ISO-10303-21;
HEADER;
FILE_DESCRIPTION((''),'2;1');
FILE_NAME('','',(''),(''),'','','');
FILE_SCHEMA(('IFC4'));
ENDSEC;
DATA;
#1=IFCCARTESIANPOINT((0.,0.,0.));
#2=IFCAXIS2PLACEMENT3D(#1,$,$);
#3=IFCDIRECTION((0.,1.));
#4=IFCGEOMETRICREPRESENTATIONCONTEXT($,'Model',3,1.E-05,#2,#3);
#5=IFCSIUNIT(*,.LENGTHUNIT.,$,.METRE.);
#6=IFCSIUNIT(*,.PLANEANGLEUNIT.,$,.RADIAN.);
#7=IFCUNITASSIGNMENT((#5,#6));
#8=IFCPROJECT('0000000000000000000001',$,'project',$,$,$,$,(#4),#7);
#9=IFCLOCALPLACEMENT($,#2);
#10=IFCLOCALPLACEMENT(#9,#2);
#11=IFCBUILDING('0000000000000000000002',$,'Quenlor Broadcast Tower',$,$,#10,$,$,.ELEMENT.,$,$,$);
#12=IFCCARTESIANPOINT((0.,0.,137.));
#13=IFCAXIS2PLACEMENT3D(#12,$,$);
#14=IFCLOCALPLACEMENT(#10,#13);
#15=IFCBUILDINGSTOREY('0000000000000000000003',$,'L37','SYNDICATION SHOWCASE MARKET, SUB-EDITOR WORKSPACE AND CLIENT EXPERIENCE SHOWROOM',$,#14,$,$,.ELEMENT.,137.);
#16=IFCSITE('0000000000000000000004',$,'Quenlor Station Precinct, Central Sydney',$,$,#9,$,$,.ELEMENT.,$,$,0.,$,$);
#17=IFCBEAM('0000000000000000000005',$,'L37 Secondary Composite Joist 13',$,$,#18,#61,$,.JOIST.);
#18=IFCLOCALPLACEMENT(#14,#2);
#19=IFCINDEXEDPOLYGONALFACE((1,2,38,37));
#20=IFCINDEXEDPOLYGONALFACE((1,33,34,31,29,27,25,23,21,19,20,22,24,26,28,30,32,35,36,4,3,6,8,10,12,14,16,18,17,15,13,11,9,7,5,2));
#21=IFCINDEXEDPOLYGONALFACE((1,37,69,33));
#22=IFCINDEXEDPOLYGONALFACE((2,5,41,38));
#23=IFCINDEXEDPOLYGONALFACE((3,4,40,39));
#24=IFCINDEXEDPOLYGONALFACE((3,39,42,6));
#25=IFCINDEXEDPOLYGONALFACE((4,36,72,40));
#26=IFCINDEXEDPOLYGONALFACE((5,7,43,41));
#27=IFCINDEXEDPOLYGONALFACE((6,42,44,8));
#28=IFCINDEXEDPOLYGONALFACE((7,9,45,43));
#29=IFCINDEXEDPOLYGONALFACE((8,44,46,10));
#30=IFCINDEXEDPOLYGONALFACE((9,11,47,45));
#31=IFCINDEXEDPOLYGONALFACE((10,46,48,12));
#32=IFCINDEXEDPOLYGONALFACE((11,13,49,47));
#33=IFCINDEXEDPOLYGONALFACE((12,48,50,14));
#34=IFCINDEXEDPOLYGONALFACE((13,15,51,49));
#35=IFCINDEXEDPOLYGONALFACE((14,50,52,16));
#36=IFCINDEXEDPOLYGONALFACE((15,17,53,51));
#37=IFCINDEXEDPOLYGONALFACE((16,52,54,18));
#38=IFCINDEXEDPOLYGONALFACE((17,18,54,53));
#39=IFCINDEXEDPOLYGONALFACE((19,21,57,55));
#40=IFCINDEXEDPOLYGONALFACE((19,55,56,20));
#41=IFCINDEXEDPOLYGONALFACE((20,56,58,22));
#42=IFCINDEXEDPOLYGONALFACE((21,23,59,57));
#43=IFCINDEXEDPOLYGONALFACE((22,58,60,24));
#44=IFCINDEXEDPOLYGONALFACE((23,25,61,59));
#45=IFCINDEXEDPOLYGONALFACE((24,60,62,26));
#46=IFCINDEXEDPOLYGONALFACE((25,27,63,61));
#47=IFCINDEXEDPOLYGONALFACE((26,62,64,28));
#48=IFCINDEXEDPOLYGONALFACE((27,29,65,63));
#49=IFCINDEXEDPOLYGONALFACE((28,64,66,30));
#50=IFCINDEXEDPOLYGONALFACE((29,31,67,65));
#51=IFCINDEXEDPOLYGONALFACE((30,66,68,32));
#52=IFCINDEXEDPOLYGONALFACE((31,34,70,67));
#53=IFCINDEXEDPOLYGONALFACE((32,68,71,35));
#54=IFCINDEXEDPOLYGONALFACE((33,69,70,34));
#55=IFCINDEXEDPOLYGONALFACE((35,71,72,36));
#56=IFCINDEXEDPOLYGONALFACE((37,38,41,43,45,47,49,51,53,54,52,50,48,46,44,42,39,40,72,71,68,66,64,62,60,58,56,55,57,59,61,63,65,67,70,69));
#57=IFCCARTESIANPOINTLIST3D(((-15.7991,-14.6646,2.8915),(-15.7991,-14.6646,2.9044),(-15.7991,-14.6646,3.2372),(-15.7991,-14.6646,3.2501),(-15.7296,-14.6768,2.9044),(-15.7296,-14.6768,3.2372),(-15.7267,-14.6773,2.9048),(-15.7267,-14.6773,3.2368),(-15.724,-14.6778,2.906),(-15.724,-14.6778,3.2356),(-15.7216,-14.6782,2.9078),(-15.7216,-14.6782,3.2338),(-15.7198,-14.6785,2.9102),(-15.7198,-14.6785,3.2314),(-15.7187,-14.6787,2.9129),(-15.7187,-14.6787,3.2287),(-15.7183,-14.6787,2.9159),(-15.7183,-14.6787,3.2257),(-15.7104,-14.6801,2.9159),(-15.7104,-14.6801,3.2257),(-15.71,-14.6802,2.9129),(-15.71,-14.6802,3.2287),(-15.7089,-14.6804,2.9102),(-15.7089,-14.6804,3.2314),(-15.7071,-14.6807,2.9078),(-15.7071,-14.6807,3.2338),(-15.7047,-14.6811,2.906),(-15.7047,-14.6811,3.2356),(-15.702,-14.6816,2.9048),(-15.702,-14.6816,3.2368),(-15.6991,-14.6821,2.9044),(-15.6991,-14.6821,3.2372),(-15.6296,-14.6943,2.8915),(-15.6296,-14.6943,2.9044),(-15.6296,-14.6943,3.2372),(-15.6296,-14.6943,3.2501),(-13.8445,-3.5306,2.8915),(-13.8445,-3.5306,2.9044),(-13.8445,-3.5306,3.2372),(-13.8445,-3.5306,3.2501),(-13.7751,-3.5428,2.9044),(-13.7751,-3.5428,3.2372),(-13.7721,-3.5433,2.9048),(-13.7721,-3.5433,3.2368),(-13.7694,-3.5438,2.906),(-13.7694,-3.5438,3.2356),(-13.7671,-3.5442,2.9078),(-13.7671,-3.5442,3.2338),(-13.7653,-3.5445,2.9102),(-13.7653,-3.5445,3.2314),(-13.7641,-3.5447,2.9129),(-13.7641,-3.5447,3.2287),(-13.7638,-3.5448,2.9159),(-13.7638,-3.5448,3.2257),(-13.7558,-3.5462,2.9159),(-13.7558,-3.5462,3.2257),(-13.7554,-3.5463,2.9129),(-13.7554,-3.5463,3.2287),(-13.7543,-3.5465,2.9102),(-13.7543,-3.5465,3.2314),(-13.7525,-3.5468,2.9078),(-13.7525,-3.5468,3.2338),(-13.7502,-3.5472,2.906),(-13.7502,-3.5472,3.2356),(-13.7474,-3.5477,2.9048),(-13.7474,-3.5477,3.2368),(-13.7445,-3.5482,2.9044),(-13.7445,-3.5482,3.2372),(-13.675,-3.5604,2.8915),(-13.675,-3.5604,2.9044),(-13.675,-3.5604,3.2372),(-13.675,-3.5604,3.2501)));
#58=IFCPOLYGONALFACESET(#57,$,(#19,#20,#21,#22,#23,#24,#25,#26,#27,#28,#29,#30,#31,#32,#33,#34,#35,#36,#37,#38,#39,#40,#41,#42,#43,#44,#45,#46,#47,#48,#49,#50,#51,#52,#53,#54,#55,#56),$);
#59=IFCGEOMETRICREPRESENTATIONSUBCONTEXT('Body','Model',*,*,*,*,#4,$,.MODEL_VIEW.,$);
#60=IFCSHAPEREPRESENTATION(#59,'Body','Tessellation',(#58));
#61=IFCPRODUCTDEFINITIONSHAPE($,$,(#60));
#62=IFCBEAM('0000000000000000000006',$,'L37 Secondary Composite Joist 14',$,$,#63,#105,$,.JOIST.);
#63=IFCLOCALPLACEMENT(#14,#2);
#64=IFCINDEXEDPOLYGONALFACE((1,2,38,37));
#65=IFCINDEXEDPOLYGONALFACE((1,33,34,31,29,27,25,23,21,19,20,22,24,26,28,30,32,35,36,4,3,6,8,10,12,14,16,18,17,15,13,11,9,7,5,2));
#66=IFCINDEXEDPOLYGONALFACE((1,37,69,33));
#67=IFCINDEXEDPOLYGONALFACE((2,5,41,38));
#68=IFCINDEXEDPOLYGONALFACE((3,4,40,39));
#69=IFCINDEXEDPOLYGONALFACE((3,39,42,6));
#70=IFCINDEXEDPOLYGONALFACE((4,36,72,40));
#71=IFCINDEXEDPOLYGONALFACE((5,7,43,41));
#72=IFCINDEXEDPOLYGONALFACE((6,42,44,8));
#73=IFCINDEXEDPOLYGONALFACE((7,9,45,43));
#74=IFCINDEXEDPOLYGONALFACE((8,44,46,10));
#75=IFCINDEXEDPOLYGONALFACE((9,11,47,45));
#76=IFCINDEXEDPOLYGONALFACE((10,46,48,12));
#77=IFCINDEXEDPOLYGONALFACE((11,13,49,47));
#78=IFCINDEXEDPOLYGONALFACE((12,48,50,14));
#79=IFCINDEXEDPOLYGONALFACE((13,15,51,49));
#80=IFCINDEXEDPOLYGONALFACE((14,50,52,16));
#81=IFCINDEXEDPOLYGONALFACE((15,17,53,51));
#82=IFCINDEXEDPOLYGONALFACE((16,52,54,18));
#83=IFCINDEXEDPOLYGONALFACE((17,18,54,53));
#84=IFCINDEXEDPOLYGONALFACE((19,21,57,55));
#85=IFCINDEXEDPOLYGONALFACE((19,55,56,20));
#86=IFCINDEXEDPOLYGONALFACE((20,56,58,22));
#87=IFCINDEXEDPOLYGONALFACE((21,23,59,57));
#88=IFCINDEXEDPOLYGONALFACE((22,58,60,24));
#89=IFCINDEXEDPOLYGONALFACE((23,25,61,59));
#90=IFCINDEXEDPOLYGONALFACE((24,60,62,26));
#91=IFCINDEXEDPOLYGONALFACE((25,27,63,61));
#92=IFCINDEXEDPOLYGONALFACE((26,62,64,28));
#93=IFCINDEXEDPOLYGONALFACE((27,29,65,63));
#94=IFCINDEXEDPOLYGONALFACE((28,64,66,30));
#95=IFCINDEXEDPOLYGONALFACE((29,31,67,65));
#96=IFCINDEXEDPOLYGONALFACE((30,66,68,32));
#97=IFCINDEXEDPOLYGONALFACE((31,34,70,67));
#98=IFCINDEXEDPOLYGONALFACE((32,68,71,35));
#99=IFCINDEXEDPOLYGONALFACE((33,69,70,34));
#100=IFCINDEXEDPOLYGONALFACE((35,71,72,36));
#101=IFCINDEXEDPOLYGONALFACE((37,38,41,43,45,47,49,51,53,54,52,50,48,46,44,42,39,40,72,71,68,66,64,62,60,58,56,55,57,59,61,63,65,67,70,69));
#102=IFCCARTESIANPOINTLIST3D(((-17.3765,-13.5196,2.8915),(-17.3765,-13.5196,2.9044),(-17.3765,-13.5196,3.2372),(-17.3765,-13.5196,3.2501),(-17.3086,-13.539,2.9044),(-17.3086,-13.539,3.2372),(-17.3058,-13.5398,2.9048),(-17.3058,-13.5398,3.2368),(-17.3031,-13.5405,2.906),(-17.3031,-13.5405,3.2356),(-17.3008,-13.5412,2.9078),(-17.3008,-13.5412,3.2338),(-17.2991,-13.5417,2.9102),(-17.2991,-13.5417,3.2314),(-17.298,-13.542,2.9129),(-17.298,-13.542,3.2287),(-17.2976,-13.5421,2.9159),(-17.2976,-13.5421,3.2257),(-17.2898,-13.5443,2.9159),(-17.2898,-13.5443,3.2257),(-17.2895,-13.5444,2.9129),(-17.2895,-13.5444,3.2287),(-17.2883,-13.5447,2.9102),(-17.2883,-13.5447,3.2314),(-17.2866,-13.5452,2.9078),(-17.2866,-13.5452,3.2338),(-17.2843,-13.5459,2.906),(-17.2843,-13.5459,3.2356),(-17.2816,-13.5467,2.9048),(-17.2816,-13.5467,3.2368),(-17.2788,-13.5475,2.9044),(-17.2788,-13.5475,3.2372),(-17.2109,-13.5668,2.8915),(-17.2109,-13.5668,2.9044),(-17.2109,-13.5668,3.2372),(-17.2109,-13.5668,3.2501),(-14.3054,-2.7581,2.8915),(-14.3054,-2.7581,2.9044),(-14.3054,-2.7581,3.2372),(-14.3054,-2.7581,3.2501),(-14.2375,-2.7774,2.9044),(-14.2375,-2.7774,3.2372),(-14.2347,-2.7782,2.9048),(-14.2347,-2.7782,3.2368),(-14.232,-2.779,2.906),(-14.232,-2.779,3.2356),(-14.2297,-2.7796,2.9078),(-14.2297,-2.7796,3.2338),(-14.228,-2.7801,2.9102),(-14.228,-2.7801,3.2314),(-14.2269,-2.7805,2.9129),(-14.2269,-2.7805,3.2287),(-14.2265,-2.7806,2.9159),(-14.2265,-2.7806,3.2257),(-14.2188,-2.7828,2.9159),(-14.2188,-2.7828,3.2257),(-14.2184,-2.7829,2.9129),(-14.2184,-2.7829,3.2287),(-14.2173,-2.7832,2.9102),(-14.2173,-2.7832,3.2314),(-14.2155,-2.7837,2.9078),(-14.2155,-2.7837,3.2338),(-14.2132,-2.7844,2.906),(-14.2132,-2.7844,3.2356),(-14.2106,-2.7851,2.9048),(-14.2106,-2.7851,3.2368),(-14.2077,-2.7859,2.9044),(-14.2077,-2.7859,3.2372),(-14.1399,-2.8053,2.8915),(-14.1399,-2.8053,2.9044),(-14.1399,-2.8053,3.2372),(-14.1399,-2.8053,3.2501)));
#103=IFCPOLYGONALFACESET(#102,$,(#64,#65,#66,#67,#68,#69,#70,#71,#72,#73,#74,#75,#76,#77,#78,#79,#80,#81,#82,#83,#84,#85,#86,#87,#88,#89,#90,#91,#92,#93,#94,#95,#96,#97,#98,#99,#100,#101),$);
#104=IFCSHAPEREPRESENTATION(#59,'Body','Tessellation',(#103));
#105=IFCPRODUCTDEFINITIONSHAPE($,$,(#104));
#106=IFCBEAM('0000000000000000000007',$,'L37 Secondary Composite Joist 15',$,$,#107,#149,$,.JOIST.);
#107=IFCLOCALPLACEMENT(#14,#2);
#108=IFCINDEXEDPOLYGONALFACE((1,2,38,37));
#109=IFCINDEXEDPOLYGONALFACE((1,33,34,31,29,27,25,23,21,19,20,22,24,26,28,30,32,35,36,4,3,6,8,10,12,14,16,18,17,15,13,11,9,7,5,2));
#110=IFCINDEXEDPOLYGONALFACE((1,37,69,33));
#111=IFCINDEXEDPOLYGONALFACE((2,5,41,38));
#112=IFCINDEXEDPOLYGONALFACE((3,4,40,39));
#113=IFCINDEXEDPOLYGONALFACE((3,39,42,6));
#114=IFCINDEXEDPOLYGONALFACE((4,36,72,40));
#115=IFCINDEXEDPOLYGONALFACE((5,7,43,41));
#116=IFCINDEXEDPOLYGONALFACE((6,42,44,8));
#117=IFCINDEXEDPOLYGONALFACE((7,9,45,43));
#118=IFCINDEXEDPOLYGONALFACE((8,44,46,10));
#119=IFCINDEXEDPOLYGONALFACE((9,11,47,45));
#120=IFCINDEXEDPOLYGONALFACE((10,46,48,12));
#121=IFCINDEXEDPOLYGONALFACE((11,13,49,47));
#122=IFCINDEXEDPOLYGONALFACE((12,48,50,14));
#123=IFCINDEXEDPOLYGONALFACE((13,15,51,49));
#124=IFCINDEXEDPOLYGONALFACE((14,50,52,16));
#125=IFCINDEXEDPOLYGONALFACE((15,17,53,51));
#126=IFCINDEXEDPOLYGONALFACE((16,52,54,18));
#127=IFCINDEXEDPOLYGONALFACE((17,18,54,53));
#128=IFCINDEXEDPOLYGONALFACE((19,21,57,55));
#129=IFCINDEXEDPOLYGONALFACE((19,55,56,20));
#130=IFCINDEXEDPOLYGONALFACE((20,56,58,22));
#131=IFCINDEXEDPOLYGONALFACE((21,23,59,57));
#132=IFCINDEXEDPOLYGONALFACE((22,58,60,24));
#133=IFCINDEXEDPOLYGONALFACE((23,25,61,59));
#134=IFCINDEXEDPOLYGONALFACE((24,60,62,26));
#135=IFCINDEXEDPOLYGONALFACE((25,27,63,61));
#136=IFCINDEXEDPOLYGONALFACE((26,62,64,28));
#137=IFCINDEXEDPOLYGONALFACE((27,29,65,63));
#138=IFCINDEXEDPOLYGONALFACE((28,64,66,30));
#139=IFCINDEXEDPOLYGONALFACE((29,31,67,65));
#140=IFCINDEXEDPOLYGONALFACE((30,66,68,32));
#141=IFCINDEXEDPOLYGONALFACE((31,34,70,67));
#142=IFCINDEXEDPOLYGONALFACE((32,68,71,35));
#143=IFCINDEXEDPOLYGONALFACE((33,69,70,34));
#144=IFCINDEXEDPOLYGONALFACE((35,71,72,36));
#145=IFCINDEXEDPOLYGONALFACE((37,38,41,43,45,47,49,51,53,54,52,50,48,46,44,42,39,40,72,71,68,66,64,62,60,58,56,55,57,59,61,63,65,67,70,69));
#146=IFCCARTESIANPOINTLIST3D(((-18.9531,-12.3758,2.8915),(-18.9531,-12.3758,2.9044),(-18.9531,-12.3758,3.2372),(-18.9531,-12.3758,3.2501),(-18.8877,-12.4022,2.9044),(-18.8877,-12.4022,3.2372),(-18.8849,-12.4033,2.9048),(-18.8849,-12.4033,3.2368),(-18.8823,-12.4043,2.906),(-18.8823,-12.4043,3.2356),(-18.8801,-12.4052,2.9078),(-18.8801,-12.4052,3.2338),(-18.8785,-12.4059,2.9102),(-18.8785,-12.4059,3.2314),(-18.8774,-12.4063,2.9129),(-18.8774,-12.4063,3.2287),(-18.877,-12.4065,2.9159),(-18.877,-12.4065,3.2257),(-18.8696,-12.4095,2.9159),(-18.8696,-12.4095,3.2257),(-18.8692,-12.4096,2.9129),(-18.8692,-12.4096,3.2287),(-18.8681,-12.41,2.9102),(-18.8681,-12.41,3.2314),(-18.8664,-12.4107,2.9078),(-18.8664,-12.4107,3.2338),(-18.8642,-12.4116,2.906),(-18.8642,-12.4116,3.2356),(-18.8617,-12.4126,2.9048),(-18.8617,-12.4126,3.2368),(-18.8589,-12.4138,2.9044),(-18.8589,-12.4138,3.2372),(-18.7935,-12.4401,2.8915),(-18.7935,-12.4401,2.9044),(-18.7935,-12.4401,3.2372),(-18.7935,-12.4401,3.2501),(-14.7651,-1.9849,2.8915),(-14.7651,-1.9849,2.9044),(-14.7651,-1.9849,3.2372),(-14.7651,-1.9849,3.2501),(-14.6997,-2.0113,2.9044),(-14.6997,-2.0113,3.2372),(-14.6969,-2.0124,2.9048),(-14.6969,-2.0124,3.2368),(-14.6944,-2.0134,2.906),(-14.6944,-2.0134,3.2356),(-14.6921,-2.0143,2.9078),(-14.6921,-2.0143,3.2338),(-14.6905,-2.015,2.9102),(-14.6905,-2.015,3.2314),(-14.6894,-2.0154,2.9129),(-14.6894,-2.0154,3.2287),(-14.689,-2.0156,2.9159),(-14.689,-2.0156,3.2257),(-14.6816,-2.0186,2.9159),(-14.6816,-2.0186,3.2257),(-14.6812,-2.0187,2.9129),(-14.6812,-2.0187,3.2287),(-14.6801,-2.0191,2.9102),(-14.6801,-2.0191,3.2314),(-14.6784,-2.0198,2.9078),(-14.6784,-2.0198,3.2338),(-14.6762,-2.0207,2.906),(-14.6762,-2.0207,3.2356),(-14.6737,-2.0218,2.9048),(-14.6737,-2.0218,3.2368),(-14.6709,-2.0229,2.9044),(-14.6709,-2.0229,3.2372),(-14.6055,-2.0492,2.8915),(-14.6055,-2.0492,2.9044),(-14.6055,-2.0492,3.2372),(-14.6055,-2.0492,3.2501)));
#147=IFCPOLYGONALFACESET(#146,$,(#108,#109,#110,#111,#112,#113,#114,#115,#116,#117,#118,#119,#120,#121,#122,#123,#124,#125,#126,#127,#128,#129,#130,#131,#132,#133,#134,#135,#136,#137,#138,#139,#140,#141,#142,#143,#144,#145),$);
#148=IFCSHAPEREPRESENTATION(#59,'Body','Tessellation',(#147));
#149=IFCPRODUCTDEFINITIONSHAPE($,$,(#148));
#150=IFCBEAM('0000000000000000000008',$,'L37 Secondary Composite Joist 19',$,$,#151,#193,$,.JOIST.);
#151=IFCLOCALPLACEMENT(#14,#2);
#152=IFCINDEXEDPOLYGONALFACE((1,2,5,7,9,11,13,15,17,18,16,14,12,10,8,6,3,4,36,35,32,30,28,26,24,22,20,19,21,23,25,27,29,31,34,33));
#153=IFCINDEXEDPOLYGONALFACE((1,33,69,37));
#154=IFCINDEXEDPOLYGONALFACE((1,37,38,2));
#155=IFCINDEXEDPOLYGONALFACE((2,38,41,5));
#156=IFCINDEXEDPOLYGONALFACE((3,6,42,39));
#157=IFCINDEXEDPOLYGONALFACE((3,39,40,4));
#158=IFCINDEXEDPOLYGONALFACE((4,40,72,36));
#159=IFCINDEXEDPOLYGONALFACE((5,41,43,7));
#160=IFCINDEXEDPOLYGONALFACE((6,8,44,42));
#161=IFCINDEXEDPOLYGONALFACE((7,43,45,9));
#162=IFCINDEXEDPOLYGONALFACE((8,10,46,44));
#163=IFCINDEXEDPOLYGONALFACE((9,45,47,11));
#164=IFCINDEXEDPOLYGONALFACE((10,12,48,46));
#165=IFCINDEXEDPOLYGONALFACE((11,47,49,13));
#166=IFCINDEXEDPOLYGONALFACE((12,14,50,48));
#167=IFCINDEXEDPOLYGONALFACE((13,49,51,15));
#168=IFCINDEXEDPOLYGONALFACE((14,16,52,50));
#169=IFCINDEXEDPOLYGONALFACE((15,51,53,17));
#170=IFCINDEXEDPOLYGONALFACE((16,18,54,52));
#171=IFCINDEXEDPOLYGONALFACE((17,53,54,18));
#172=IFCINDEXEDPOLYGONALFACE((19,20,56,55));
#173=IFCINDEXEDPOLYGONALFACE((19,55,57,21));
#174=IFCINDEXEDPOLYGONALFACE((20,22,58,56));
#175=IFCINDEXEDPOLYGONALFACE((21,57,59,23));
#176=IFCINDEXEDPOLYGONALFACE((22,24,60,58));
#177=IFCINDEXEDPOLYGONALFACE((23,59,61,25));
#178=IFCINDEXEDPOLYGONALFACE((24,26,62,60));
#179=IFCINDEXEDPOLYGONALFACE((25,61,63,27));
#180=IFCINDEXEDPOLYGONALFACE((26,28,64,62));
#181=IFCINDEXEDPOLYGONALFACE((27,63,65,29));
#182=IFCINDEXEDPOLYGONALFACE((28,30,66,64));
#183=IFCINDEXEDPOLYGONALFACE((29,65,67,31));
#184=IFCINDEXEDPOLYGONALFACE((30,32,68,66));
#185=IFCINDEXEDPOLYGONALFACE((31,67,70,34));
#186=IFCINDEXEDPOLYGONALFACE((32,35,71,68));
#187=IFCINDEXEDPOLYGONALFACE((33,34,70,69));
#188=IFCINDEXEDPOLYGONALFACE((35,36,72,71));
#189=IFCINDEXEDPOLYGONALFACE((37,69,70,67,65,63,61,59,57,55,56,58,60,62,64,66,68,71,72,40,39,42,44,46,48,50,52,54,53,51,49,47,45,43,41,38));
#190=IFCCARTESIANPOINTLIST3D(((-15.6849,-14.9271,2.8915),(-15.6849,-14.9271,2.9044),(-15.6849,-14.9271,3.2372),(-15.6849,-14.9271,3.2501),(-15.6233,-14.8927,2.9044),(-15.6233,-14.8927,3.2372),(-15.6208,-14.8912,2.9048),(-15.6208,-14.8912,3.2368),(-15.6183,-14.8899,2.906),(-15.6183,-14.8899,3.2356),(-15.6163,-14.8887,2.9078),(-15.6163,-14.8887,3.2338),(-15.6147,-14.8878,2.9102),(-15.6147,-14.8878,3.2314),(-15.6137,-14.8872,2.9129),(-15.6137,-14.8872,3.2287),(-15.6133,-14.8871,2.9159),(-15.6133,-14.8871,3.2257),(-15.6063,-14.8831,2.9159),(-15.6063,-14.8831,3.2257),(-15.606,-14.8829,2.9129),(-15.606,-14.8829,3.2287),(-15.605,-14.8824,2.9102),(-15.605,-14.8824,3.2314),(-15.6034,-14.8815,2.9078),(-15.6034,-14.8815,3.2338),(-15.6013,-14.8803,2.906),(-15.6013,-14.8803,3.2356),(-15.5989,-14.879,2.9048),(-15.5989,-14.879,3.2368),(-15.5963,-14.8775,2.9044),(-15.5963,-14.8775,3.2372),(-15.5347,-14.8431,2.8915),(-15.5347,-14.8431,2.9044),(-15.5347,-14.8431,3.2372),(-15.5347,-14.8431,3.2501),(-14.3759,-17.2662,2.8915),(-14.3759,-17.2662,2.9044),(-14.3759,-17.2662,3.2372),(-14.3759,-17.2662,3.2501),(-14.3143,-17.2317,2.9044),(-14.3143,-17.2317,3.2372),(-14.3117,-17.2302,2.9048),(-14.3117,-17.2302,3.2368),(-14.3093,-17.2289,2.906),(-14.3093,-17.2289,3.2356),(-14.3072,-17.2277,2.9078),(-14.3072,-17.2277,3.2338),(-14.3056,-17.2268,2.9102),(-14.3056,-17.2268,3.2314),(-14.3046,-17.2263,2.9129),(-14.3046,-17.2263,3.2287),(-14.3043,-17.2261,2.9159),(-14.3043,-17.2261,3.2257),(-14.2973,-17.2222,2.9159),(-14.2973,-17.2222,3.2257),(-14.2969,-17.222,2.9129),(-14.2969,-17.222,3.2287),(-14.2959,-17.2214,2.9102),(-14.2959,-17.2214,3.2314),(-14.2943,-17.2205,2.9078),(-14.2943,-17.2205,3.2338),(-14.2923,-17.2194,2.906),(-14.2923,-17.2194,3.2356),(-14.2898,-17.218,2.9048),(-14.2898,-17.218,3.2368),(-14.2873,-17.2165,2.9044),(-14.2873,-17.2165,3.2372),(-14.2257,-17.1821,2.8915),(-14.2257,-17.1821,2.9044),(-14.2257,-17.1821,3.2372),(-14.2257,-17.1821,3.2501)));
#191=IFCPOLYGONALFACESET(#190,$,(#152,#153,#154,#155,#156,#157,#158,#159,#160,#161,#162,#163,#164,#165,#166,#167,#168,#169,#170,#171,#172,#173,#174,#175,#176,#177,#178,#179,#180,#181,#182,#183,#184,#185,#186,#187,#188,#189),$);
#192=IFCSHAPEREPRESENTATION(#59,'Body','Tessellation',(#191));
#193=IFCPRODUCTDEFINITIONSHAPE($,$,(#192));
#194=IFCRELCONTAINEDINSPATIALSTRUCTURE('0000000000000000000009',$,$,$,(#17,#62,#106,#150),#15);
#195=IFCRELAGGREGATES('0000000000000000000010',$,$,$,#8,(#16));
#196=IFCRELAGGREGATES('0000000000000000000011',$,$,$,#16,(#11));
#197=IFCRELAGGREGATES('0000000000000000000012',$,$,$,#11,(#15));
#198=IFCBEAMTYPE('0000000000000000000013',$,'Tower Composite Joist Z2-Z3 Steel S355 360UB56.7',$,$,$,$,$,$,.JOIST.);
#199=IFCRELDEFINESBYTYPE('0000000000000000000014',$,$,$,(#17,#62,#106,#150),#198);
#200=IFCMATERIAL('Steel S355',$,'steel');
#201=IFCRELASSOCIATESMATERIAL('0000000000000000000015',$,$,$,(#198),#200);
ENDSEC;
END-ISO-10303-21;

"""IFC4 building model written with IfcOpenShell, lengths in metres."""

from ifc_helpers import new_model, si_unit, direction, frame, origin, origin_2d, place, context, subcontext, project, spatial, i_section, extrude, material, material_profile, profile_set, type_object, element, save


model = new_model("IFC4")

# Units and contexts
model_context = context("Model", 3, precision=1e-05, world=origin(), true_north=direction((0.0, 1.0)))
body_context = subcontext(model_context, "Body", "Model", "MODEL_VIEW")
ifc_project = project(units=[si_unit("LENGTHUNIT", "METRE"), si_unit("PLANEANGLEUNIT", "RADIAN")], contexts=[model_context])

# Site, building, storey
site_placement = place(None, origin())
site = spatial("IfcSite", under=ifc_project, at=site_placement, Name="Quenlor Station Precinct, Central Sydney", CompositionType="ELEMENT", RefElevation=0.0)
building_placement = place(site_placement, origin())
building = spatial("IfcBuilding", under=site, at=building_placement, Name="Quenlor Broadcast Tower", CompositionType="ELEMENT")
storey_placement = place(building_placement, frame((0.0, 0.0, 137.0)))
storey = spatial("IfcBuildingStorey", under=building, at=storey_placement, Name="L37", Description="SYNDICATION SHOWCASE MARKET, SUB-EDITOR WORKSPACE AND CLIENT EXPERIENCE SHOWROOM", CompositionType="ELEMENT", Elevation=137.0)

# Beams
ifc_material_1 = material(Name="Steel S355", Category="steel")
ifc_material_profile_1 = material_profile(ifc_material_1, i_section(OverallWidth=0.1721, OverallDepth=0.3586, WebThickness=0.0081, FlangeThickness=0.0129, FilletRadius=0.0115, at=origin_2d()))
ifc_profile_set_1 = profile_set([ifc_material_profile_1], Name="Steel S355 360UB56.7")
beam_type_1 = type_object("IfcBeamType", Name="Tower Composite Joist Z2-Z3 Steel S355 360UB56.7", PredefinedType="JOIST", material=ifc_profile_set_1)
beam_1_placement = place(storey_placement, frame((-15.7144, -14.6794, 3.0708), z_axis=(0.172907, 0.984938, 0.0), x_axis=(-0.984938, 0.172907, 0.0)))
element("IfcBeam", 1, at=beam_1_placement, inside=storey, type_object=beam_type_1, Name="L37 Secondary Composite Joist 13", PredefinedType="JOIST", context=body_context, shape_type="SweptSolid", body=[
    extrude(i_section(OverallWidth=0.1721, OverallDepth=0.3586, WebThickness=0.0081, FlangeThickness=0.0129, FilletRadius=0.0115, at=origin_2d()), origin(), (0.0, 0.0, 1.0), 11.3042),
])
beam_2_placement = place(storey_placement, frame((-17.2937, -13.5432, 3.0708), z_axis=(0.274419, 0.96161, 0.0), x_axis=(-0.96161, 0.274419, 0.0)))
element("IfcBeam", 2, at=beam_2_placement, inside=storey, type_object=beam_type_1, Name="L37 Secondary Composite Joist 14", PredefinedType="JOIST", context=body_context, shape_type="SweptSolid", body=[
    extrude(i_section(OverallWidth=0.1721, OverallDepth=0.3586, WebThickness=0.0081, FlangeThickness=0.0129, FilletRadius=0.0115, at=origin_2d()), origin(), (0.0, 0.0, 1.0), 11.1912),
])
beam_3_placement = place(storey_placement, frame((-18.8733, -12.408, 3.0708), z_axis=(0.373824, 0.9275, 0.0), x_axis=(-0.9275, 0.373824, 0.0)))
element("IfcBeam", 3, at=beam_3_placement, inside=storey, type_object=beam_type_1, Name="L37 Secondary Composite Joist 15", PredefinedType="JOIST", context=body_context, shape_type="SweptSolid", body=[
    extrude(i_section(OverallWidth=0.1721, OverallDepth=0.3586, WebThickness=0.0081, FlangeThickness=0.0129, FilletRadius=0.0115, at=origin_2d()), origin(), (0.0, 0.0, 1.0), 11.2031),
])
beam_4_placement = place(storey_placement, frame((-14.3008, -17.2241, 3.0708), z_axis=(-0.48837, 0.872636, 0.0), x_axis=(-0.872636, -0.48837, 0.0)))
element("IfcBeam", 4, at=beam_4_placement, inside=storey, type_object=beam_type_1, Name="L37 Secondary Composite Joist 19", PredefinedType="JOIST", context=body_context, shape_type="SweptSolid", body=[
    extrude(i_section(OverallWidth=0.1721, OverallDepth=0.3586, WebThickness=0.0081, FlangeThickness=0.0129, FilletRadius=0.0115, at=origin_2d()), origin(), (0.0, 0.0, 1.0), 2.6804),
])

save(model, "model.ifc")
